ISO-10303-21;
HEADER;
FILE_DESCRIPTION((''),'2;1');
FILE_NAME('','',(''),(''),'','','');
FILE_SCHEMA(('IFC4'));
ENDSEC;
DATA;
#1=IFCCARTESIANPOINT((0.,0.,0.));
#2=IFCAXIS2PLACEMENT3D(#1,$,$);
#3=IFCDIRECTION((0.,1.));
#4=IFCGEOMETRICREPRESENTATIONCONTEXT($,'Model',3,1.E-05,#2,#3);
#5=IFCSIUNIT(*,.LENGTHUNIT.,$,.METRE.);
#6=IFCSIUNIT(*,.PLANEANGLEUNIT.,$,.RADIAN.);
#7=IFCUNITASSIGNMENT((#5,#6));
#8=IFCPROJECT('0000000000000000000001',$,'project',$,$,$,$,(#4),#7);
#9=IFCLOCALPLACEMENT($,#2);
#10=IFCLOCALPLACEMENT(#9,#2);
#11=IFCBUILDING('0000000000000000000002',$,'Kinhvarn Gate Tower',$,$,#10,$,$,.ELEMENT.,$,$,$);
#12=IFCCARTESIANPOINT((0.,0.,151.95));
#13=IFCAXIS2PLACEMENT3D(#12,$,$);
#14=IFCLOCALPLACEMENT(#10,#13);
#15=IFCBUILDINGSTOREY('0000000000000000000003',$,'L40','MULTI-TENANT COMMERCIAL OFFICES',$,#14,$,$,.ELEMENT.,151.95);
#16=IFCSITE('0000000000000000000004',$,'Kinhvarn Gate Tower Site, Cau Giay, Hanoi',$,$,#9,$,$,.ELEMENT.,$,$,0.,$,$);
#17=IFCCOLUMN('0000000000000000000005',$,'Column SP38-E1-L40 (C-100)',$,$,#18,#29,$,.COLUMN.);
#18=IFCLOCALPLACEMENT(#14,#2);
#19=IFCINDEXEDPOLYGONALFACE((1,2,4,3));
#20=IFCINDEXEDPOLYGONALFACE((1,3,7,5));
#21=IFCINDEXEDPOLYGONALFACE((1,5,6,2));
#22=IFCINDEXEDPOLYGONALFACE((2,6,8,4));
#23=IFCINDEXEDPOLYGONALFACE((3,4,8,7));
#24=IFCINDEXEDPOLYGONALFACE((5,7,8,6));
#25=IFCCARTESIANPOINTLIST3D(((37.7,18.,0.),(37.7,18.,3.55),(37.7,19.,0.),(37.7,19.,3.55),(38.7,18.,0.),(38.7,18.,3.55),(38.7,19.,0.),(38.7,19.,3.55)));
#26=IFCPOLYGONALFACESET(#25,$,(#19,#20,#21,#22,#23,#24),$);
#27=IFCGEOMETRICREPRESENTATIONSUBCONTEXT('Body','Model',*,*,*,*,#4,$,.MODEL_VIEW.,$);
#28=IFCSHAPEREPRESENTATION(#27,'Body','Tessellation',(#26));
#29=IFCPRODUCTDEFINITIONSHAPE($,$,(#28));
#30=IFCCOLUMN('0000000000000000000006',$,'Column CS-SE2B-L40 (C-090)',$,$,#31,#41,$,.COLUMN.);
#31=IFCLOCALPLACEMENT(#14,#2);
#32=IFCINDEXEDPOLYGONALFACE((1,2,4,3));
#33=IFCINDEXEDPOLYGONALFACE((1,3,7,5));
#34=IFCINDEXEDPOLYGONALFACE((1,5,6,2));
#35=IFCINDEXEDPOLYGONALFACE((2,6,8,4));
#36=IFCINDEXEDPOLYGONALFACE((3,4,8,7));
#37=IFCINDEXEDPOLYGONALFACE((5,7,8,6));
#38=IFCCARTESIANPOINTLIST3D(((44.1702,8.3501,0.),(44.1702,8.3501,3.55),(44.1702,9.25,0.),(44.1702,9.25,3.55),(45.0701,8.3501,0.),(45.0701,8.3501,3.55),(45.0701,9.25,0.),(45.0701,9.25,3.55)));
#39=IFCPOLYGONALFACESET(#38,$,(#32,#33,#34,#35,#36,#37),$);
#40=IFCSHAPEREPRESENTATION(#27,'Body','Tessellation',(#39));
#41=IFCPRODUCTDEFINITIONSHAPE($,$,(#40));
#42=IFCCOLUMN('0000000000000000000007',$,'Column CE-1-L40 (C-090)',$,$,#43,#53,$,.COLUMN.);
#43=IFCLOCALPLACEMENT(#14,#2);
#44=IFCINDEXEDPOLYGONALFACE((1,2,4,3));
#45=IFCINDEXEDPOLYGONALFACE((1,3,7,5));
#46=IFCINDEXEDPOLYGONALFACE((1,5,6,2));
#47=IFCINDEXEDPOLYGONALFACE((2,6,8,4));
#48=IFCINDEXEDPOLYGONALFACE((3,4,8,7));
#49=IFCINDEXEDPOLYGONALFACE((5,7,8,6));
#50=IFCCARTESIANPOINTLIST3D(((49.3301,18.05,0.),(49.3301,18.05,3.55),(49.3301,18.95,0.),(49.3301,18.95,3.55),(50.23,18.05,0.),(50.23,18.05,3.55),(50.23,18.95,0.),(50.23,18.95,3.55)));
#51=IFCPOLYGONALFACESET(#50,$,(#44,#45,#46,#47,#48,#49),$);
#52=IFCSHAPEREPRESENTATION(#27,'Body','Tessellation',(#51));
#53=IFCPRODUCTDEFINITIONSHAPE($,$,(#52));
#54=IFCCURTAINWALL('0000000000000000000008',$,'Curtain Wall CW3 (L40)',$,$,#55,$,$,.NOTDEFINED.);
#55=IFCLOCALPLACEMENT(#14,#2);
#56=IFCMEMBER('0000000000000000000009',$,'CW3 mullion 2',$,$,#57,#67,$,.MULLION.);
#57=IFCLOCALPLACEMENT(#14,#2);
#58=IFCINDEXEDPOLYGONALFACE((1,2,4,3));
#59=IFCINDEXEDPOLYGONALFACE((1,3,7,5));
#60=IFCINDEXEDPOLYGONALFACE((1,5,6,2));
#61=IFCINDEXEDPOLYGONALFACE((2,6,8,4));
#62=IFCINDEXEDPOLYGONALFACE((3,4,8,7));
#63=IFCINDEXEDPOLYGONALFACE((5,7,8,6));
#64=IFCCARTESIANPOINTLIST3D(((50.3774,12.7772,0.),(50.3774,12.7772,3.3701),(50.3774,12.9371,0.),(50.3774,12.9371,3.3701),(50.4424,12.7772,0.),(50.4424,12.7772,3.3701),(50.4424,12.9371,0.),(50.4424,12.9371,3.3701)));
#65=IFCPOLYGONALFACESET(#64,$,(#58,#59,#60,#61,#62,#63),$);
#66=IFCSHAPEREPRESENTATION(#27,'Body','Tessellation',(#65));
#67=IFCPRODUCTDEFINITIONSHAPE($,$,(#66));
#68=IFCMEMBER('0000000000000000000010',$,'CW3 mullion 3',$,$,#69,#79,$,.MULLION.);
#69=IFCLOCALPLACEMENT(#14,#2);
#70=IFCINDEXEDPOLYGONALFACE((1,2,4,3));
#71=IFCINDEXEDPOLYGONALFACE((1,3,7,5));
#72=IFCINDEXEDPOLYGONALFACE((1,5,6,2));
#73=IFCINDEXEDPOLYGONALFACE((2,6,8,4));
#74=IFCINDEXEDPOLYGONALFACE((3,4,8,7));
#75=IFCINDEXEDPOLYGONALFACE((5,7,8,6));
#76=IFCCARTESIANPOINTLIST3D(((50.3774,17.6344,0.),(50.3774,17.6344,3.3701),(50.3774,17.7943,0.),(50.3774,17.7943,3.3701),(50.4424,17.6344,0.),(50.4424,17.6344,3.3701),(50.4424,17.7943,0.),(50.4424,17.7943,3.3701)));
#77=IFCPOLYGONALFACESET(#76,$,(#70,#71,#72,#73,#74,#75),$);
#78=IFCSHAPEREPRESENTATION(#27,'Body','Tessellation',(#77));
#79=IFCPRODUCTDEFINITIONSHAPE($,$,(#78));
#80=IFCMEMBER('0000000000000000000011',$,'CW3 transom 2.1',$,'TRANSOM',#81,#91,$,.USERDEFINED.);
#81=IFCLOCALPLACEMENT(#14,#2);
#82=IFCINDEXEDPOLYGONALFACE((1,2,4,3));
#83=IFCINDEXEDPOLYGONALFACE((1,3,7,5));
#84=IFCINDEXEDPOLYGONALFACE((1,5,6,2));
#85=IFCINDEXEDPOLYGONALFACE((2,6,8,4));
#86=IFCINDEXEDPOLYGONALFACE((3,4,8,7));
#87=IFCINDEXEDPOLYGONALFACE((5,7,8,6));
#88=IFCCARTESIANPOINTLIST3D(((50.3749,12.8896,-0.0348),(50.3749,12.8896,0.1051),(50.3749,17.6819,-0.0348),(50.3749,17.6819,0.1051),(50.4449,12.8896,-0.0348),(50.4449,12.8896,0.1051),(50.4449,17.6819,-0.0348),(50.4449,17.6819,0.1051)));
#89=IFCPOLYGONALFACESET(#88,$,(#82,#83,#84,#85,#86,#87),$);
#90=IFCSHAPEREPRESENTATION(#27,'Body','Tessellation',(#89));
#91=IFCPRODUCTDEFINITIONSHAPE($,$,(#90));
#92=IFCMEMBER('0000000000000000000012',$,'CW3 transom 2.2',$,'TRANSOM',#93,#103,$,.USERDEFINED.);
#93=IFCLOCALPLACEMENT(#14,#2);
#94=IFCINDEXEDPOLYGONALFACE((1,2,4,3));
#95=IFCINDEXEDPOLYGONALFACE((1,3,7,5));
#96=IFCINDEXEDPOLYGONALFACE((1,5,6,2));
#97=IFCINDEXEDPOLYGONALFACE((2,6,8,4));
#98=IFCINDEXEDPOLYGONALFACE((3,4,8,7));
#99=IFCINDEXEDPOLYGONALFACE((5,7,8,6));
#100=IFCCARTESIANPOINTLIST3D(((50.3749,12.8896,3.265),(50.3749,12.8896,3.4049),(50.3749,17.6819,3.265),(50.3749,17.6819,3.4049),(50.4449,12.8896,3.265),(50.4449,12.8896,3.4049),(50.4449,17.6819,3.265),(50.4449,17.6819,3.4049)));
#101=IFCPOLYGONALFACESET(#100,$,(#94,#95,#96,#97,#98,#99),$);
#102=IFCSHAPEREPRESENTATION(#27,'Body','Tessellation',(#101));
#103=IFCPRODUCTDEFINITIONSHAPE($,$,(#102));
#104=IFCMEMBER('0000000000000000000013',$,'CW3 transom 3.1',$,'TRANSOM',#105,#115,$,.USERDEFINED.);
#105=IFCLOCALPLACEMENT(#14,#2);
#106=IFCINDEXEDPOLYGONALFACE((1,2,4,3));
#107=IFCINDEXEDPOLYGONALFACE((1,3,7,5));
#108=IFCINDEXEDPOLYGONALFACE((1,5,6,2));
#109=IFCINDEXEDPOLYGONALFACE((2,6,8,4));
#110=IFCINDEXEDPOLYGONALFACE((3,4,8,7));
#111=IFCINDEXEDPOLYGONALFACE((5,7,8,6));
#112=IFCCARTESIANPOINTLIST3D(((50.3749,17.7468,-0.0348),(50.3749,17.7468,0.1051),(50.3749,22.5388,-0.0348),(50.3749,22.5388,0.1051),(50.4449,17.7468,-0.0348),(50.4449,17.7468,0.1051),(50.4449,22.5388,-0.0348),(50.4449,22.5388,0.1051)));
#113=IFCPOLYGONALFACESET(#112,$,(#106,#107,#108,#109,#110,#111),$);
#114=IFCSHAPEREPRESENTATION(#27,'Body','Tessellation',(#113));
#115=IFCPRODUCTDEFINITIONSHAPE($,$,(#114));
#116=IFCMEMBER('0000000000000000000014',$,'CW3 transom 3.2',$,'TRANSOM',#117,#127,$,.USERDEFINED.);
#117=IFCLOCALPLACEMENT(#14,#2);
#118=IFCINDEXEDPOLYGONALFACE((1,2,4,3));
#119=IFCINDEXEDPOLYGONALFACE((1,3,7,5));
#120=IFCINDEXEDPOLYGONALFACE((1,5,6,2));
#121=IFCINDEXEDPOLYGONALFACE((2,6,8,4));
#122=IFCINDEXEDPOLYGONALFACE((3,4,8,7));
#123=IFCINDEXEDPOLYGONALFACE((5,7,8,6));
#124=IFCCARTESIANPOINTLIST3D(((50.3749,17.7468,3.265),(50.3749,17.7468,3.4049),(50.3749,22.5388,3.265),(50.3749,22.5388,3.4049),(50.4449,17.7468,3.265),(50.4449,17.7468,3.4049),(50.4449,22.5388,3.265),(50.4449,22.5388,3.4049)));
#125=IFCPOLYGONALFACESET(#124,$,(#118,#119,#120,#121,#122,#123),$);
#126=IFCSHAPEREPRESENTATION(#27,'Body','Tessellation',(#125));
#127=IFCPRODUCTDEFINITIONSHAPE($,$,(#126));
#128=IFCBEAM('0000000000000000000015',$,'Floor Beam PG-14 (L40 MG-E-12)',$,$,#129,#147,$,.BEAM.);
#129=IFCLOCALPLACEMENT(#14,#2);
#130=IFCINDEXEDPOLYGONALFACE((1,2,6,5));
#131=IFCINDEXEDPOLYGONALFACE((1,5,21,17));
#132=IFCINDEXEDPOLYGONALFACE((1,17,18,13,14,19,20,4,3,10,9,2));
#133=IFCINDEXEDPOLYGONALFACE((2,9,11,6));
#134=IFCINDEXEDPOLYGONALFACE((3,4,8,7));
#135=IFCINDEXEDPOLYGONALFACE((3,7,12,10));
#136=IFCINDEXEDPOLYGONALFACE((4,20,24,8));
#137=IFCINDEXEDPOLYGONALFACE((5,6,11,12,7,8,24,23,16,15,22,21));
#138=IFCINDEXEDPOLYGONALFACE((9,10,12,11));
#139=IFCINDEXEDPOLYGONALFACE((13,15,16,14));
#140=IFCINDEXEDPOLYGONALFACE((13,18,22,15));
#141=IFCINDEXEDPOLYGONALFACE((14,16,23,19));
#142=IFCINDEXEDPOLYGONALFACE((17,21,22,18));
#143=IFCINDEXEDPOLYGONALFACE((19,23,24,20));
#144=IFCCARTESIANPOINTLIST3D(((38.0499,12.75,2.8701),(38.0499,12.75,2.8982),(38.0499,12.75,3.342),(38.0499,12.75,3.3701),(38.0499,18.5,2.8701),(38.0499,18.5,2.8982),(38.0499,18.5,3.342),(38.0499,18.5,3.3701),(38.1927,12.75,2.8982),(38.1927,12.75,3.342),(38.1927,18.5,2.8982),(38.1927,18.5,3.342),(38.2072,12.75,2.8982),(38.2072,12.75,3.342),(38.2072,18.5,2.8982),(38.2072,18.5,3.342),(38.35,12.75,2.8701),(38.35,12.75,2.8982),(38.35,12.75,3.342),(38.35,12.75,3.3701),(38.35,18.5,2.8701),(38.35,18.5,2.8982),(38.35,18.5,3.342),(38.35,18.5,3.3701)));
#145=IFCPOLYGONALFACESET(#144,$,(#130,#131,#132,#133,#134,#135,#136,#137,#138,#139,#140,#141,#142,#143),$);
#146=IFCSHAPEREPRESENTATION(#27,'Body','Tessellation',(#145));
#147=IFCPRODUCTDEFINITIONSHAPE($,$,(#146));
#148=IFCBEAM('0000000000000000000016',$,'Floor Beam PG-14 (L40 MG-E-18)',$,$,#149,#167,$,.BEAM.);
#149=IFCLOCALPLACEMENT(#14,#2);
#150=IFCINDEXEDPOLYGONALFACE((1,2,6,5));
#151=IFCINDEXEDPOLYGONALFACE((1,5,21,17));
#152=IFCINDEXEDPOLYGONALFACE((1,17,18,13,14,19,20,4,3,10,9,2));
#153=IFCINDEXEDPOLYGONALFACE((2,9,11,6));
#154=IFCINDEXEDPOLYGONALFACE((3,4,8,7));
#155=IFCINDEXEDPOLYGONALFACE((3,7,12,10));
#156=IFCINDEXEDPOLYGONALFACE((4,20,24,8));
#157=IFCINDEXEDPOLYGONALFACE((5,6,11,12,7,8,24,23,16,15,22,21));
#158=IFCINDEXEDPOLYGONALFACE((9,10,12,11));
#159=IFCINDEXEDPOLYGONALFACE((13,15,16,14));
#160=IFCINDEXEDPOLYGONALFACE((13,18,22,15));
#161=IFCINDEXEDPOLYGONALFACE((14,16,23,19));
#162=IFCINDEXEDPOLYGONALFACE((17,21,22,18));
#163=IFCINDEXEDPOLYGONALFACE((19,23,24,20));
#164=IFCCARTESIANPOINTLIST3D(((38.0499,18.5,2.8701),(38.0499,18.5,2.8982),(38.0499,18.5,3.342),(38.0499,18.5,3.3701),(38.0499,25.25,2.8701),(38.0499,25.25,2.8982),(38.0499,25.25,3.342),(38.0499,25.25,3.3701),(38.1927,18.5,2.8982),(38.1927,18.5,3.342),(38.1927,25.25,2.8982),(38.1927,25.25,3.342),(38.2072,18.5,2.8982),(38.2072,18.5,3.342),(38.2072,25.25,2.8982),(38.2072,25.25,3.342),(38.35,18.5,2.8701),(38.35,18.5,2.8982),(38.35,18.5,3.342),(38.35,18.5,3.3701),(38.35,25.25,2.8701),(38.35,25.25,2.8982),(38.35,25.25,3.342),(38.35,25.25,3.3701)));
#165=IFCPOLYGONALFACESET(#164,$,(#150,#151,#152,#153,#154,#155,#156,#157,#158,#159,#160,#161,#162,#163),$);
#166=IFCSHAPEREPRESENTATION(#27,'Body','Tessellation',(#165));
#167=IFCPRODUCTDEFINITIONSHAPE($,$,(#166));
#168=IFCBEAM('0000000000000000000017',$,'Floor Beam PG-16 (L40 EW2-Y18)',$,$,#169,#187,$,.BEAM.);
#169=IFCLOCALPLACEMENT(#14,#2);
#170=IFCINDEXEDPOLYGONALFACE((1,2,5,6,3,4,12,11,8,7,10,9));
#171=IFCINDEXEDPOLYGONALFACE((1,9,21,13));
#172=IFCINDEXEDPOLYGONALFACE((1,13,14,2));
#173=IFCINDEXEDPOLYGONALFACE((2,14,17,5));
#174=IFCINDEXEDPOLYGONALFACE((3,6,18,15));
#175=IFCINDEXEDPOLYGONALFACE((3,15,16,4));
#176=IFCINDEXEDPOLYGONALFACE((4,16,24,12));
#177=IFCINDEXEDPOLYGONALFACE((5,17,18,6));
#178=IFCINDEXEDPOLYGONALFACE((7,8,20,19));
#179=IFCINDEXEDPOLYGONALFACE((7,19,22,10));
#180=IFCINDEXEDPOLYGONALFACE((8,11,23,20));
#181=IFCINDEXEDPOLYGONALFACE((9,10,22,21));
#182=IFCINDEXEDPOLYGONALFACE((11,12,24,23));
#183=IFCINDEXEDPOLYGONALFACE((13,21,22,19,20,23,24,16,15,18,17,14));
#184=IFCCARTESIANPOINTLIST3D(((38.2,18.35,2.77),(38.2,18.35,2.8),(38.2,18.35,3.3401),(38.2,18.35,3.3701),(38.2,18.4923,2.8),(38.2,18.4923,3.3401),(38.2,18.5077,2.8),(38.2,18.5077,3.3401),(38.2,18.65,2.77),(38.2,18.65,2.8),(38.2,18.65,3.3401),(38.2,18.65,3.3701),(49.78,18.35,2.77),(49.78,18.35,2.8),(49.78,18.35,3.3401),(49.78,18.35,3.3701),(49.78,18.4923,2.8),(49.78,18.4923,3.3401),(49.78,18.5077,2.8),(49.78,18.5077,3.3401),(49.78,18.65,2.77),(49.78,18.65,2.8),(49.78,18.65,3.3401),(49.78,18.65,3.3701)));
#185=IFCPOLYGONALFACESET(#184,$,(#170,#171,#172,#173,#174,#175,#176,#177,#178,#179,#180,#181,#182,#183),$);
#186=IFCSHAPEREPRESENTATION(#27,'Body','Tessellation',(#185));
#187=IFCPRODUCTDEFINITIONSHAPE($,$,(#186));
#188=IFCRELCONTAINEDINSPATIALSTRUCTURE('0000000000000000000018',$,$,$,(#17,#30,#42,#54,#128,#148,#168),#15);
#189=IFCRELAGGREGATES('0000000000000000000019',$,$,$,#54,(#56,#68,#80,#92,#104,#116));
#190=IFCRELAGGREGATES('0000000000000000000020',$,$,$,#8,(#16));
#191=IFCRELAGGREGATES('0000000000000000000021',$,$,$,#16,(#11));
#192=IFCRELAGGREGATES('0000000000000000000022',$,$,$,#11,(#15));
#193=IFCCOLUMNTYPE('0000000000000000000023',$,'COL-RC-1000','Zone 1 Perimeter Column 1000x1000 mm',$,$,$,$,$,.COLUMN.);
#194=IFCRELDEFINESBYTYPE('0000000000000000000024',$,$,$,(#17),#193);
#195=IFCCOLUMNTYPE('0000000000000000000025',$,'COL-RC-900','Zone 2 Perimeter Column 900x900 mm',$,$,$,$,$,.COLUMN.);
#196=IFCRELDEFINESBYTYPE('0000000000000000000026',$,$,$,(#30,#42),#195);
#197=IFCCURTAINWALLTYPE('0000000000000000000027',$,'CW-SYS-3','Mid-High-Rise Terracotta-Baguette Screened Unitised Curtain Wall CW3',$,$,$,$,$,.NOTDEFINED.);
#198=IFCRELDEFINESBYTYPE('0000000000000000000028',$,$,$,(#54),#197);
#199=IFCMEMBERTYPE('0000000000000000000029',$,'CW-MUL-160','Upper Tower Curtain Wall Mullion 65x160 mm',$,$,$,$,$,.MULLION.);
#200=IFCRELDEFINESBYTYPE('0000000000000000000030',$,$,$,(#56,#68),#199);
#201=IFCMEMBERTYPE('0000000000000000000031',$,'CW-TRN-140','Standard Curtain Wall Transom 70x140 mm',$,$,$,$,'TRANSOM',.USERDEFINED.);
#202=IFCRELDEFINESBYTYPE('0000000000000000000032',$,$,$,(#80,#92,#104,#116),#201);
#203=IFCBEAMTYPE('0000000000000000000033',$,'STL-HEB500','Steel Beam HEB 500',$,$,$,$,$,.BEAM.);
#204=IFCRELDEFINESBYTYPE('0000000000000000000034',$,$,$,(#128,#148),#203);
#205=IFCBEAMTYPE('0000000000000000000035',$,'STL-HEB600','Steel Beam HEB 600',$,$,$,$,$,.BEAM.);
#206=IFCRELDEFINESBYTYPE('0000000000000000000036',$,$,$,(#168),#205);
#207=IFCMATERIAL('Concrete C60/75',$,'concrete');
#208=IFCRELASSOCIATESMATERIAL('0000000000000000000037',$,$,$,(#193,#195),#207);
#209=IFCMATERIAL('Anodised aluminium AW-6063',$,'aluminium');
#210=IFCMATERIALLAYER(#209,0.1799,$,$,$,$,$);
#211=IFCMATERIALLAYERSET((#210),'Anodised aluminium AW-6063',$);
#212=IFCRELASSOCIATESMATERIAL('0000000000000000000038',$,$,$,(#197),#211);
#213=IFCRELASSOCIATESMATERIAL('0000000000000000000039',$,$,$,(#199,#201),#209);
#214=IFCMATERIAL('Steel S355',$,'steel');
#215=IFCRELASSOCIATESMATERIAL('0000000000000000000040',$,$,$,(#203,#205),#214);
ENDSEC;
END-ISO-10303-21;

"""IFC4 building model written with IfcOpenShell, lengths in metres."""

from ifc_helpers import new_model, si_unit, direction, frame, origin, origin_2d, place, context, subcontext, project, spatial, rectangle, i_section, extrude, material, layer, layer_set, material_profile, profile_set, type_object, element, aggregate, save


model = new_model("IFC4")

# Units and contexts
model_context = context("Model", 3, precision=1e-05, world=origin(), true_north=direction((0.0, 1.0)))
body_context = subcontext(model_context, "Body", "Model", "MODEL_VIEW")
ifc_project = project(units=[si_unit("LENGTHUNIT", "METRE"), si_unit("PLANEANGLEUNIT", "RADIAN")], contexts=[model_context])

# Site, building, storey
site_placement = place(None, origin())
site = spatial("IfcSite", under=ifc_project, at=site_placement, Name="Kinhvarn Gate Tower Site, Cau Giay, Hanoi", CompositionType="ELEMENT", RefElevation=0.0)
building_placement = place(site_placement, origin())
building = spatial("IfcBuilding", under=site, at=building_placement, Name="Kinhvarn Gate Tower", CompositionType="ELEMENT")
storey_placement = place(building_placement, frame((0.0, 0.0, 151.95)))
storey = spatial("IfcBuildingStorey", under=building, at=storey_placement, Name="L40", Description="MULTI-TENANT COMMERCIAL OFFICES", CompositionType="ELEMENT", Elevation=151.95)

# Columns
ifc_material_1 = material(Name="Concrete C60/75", Category="concrete")
ifc_material_profile_1 = material_profile(ifc_material_1, rectangle(XDim=1.0, YDim=1.0, at=origin_2d()), Name="RC 1000x1000")
ifc_profile_set_1 = profile_set([ifc_material_profile_1], Name="Concrete C60/75")
column_type_1 = type_object("IfcColumnType", Name="COL-RC-1000", Description="Zone 1 Perimeter Column 1000x1000 mm", PredefinedType="COLUMN", material=ifc_profile_set_1)
column_placement = place(storey_placement, frame((38.2, 18.5, 0.0), z_axis=(0.0, 0.0, 1.0), x_axis=(1.0, 0.0, 0.0)))
element("IfcColumn", 1, at=column_placement, inside=storey, type_object=column_type_1, Name="Column SP38-E1-L40 (C-100)", PredefinedType="COLUMN", context=body_context, shape_type="SweptSolid", body=[
    extrude(rectangle(XDim=1.0, YDim=1.0, at=origin_2d()), origin(), (0.0, 0.0, 1.0), 3.55),
])
ifc_material_profile_2 = material_profile(ifc_material_1, rectangle(XDim=0.8999, YDim=0.8999, at=origin_2d()), Name="RC 900x900")
ifc_profile_set_2 = profile_set([ifc_material_profile_2], Name="Concrete C60/75")
column_type_2 = type_object("IfcColumnType", Name="COL-RC-900", Description="Zone 2 Perimeter Column 900x900 mm", PredefinedType="COLUMN", material=ifc_profile_set_2)
for number, where, z_axis, x_axis, name in (
    (2, (44.6201, 8.8, 0.0), (0.0, 0.0, 1.0), (1.0, 0.0, 0.0), "Column CS-SE2B-L40 (C-090)"),
    (3, (49.78, 18.5, 0.0), (0.0, 0.0, 1.0), (1.0, 0.0, 0.0), "Column CE-1-L40 (C-090)"),
):
    element("IfcColumn", number, at=place(storey_placement, frame(where, z_axis=z_axis, x_axis=x_axis)), inside=storey, type_object=column_type_2, Name=name, PredefinedType="COLUMN", context=body_context, shape_type="SweptSolid", body=[
        extrude(rectangle(XDim=0.8999, YDim=0.8999, at=origin_2d()), origin(), (0.0, 0.0, 1.0), 3.55),
    ])

# Curtain wall, members
ifc_material_2 = material(Name="Anodised aluminium AW-6063", Category="aluminium")
ifc_layer_1 = layer(ifc_material_2, 0.1799)
ifc_layer_set_1 = layer_set([ifc_layer_1], Name="Anodised aluminium AW-6063")
curtain_wall_type = type_object("IfcCurtainWallType", Name="CW-SYS-3", Description="Mid-High-Rise Terracotta-Baguette Screened Unitised Curtain Wall CW3", PredefinedType="NOTDEFINED", material=ifc_layer_set_1)
curtain_wall_placement = place(storey_placement, origin())
curtain_wall = element("IfcCurtainWall", 4, at=curtain_wall_placement, inside=storey, type_object=curtain_wall_type, Name="Curtain Wall CW3 (L40)", PredefinedType="NOTDEFINED")
ifc_material_profile_3 = material_profile(ifc_material_2, rectangle(XDim=0.0649, YDim=0.1599, at=origin_2d()), Name="ALU 65x160")
ifc_profile_set_3 = profile_set([ifc_material_profile_3], Name="Anodised aluminium AW-6063")
member_type_1 = type_object("IfcMemberType", Name="CW-MUL-160", Description="Upper Tower Curtain Wall Mullion 65x160 mm", PredefinedType="MULLION", material=ifc_profile_set_3)
member_1_placement = place(storey_placement, frame((50.4099, 12.8572, 0.0), z_axis=(0.0, 0.0, 1.0), x_axis=(-1.0, 0.0, 0.0)))
member_1 = element("IfcMember", 5, at=member_1_placement, type_object=member_type_1, Name="CW3 mullion 2", PredefinedType="MULLION", context=body_context, shape_type="SweptSolid", body=[
    extrude(rectangle(XDim=0.0649, YDim=0.1599, at=origin_2d()), origin(), (0.0, 0.0, 1.0), 3.3701),
])
member_2_placement = place(storey_placement, frame((50.4099, 17.7144, 0.0), z_axis=(0.0, 0.0, 1.0), x_axis=(-1.0, 0.0, 0.0)))
member_2 = element("IfcMember", 6, at=member_2_placement, type_object=member_type_1, Name="CW3 mullion 3", PredefinedType="MULLION", context=body_context, shape_type="SweptSolid", body=[
    extrude(rectangle(XDim=0.0649, YDim=0.1599, at=origin_2d()), origin(), (0.0, 0.0, 1.0), 3.3701),
])
ifc_material_profile_4 = material_profile(ifc_material_2, rectangle(XDim=0.0701, YDim=0.1399, at=origin_2d()), Name="ALU 70x140")
ifc_profile_set_4 = profile_set([ifc_material_profile_4], Name="Anodised aluminium AW-6063")
member_type_2 = type_object("IfcMemberType", Name="CW-TRN-140", Description="Standard Curtain Wall Transom 70x140 mm", ElementType="TRANSOM", PredefinedType="USERDEFINED", material=ifc_profile_set_4)
member_3_placement = place(storey_placement, frame((50.4099, 12.8896, 0.0352), z_axis=(0.0, 1.0, 0.0), x_axis=(-1.0, 0.0, 0.0)))
member_3 = element("IfcMember", 7, at=member_3_placement, type_object=member_type_2, Name="CW3 transom 2.1", ObjectType="TRANSOM", PredefinedType="USERDEFINED", context=body_context, shape_type="SweptSolid", body=[
    extrude(rectangle(XDim=0.0701, YDim=0.1399, at=origin_2d()), origin(), (0.0, 0.0, 1.0), 4.7922),
])
member_4_placement = place(storey_placement, frame((50.4099, 12.8896, 3.335), z_axis=(0.0, 1.0, 0.0), x_axis=(-1.0, 0.0, 0.0)))
member_4 = element("IfcMember", 8, at=member_4_placement, type_object=member_type_2, Name="CW3 transom 2.2", ObjectType="TRANSOM", PredefinedType="USERDEFINED", context=body_context, shape_type="SweptSolid", body=[
    extrude(rectangle(XDim=0.0701, YDim=0.1399, at=origin_2d()), origin(), (0.0, 0.0, 1.0), 4.7922),
])
member_5_placement = place(storey_placement, frame((50.4099, 17.7468, 0.0352), z_axis=(0.0, 1.0, 0.0), x_axis=(-1.0, 0.0, 0.0)))
member_5 = element("IfcMember", 9, at=member_5_placement, type_object=member_type_2, Name="CW3 transom 3.1", ObjectType="TRANSOM", PredefinedType="USERDEFINED", context=body_context, shape_type="SweptSolid", body=[
    extrude(rectangle(XDim=0.0701, YDim=0.1399, at=origin_2d()), origin(), (0.0, 0.0, 1.0), 4.792),
])
member_6_placement = place(storey_placement, frame((50.4099, 17.7468, 3.335), z_axis=(0.0, 1.0, 0.0), x_axis=(-1.0, 0.0, 0.0)))
member_6 = element("IfcMember", 10, at=member_6_placement, type_object=member_type_2, Name="CW3 transom 3.2", ObjectType="TRANSOM", PredefinedType="USERDEFINED", context=body_context, shape_type="SweptSolid", body=[
    extrude(rectangle(XDim=0.0701, YDim=0.1399, at=origin_2d()), origin(), (0.0, 0.0, 1.0), 4.792),
])

# Beams
ifc_material_3 = material(Name="Steel S355", Category="steel")
ifc_material_profile_5 = material_profile(ifc_material_3, i_section(OverallWidth=0.3, OverallDepth=0.5, WebThickness=0.0144, FlangeThickness=0.0281, at=origin_2d()), Name="HEB 500")
ifc_profile_set_5 = profile_set([ifc_material_profile_5], Name="Steel S355")
beam_type_1 = type_object("IfcBeamType", Name="STL-HEB500", Description="Steel Beam HEB 500", PredefinedType="BEAM", material=ifc_profile_set_5)
beam_1_placement = place(storey_placement, frame((38.2, 12.75, 3.1201), z_axis=(0.0, 1.0, 0.0), x_axis=(-1.0, 0.0, 0.0)))
element("IfcBeam", 11, at=beam_1_placement, inside=storey, type_object=beam_type_1, Name="Floor Beam PG-14 (L40 MG-E-12)", PredefinedType="BEAM", context=body_context, shape_type="SweptSolid", body=[
    extrude(i_section(OverallWidth=0.3, OverallDepth=0.5, WebThickness=0.0144, FlangeThickness=0.0281, at=origin_2d()), origin(), (0.0, 0.0, 1.0), 5.75),
])
beam_2_placement = place(storey_placement, frame((38.2, 18.5, 3.1201), z_axis=(0.0, 1.0, 0.0), x_axis=(-1.0, 0.0, 0.0)))
element("IfcBeam", 12, at=beam_2_placement, inside=storey, type_object=beam_type_1, Name="Floor Beam PG-14 (L40 MG-E-18)", PredefinedType="BEAM", context=body_context, shape_type="SweptSolid", body=[
    extrude(i_section(OverallWidth=0.3, OverallDepth=0.5, WebThickness=0.0144, FlangeThickness=0.0281, at=origin_2d()), origin(), (0.0, 0.0, 1.0), 6.75),
])
ifc_material_profile_6 = material_profile(ifc_material_3, i_section(OverallWidth=0.3, OverallDepth=0.6001, WebThickness=0.0154, FlangeThickness=0.03, at=origin_2d()), Name="HEB 600")
ifc_profile_set_6 = profile_set([ifc_material_profile_6], Name="Steel S355")
beam_type_2 = type_object("IfcBeamType", Name="STL-HEB600", Description="Steel Beam HEB 600", PredefinedType="BEAM", material=ifc_profile_set_6)
beam_3_placement = place(storey_placement, frame((38.2, 18.5, 3.0701), z_axis=(1.0, 0.0, 0.0), x_axis=(0.0, 1.0, 0.0)))
element("IfcBeam", 13, at=beam_3_placement, inside=storey, type_object=beam_type_2, Name="Floor Beam PG-16 (L40 EW2-Y18)", PredefinedType="BEAM", context=body_context, shape_type="SweptSolid", body=[
    extrude(i_section(OverallWidth=0.3, OverallDepth=0.6001, WebThickness=0.0154, FlangeThickness=0.03, at=origin_2d()), origin(), (0.0, 0.0, 1.0), 11.5801),
])

aggregate(curtain_wall, [member_1, member_2, member_3, member_4, member_5, member_6])

save(model, "model.ifc")
